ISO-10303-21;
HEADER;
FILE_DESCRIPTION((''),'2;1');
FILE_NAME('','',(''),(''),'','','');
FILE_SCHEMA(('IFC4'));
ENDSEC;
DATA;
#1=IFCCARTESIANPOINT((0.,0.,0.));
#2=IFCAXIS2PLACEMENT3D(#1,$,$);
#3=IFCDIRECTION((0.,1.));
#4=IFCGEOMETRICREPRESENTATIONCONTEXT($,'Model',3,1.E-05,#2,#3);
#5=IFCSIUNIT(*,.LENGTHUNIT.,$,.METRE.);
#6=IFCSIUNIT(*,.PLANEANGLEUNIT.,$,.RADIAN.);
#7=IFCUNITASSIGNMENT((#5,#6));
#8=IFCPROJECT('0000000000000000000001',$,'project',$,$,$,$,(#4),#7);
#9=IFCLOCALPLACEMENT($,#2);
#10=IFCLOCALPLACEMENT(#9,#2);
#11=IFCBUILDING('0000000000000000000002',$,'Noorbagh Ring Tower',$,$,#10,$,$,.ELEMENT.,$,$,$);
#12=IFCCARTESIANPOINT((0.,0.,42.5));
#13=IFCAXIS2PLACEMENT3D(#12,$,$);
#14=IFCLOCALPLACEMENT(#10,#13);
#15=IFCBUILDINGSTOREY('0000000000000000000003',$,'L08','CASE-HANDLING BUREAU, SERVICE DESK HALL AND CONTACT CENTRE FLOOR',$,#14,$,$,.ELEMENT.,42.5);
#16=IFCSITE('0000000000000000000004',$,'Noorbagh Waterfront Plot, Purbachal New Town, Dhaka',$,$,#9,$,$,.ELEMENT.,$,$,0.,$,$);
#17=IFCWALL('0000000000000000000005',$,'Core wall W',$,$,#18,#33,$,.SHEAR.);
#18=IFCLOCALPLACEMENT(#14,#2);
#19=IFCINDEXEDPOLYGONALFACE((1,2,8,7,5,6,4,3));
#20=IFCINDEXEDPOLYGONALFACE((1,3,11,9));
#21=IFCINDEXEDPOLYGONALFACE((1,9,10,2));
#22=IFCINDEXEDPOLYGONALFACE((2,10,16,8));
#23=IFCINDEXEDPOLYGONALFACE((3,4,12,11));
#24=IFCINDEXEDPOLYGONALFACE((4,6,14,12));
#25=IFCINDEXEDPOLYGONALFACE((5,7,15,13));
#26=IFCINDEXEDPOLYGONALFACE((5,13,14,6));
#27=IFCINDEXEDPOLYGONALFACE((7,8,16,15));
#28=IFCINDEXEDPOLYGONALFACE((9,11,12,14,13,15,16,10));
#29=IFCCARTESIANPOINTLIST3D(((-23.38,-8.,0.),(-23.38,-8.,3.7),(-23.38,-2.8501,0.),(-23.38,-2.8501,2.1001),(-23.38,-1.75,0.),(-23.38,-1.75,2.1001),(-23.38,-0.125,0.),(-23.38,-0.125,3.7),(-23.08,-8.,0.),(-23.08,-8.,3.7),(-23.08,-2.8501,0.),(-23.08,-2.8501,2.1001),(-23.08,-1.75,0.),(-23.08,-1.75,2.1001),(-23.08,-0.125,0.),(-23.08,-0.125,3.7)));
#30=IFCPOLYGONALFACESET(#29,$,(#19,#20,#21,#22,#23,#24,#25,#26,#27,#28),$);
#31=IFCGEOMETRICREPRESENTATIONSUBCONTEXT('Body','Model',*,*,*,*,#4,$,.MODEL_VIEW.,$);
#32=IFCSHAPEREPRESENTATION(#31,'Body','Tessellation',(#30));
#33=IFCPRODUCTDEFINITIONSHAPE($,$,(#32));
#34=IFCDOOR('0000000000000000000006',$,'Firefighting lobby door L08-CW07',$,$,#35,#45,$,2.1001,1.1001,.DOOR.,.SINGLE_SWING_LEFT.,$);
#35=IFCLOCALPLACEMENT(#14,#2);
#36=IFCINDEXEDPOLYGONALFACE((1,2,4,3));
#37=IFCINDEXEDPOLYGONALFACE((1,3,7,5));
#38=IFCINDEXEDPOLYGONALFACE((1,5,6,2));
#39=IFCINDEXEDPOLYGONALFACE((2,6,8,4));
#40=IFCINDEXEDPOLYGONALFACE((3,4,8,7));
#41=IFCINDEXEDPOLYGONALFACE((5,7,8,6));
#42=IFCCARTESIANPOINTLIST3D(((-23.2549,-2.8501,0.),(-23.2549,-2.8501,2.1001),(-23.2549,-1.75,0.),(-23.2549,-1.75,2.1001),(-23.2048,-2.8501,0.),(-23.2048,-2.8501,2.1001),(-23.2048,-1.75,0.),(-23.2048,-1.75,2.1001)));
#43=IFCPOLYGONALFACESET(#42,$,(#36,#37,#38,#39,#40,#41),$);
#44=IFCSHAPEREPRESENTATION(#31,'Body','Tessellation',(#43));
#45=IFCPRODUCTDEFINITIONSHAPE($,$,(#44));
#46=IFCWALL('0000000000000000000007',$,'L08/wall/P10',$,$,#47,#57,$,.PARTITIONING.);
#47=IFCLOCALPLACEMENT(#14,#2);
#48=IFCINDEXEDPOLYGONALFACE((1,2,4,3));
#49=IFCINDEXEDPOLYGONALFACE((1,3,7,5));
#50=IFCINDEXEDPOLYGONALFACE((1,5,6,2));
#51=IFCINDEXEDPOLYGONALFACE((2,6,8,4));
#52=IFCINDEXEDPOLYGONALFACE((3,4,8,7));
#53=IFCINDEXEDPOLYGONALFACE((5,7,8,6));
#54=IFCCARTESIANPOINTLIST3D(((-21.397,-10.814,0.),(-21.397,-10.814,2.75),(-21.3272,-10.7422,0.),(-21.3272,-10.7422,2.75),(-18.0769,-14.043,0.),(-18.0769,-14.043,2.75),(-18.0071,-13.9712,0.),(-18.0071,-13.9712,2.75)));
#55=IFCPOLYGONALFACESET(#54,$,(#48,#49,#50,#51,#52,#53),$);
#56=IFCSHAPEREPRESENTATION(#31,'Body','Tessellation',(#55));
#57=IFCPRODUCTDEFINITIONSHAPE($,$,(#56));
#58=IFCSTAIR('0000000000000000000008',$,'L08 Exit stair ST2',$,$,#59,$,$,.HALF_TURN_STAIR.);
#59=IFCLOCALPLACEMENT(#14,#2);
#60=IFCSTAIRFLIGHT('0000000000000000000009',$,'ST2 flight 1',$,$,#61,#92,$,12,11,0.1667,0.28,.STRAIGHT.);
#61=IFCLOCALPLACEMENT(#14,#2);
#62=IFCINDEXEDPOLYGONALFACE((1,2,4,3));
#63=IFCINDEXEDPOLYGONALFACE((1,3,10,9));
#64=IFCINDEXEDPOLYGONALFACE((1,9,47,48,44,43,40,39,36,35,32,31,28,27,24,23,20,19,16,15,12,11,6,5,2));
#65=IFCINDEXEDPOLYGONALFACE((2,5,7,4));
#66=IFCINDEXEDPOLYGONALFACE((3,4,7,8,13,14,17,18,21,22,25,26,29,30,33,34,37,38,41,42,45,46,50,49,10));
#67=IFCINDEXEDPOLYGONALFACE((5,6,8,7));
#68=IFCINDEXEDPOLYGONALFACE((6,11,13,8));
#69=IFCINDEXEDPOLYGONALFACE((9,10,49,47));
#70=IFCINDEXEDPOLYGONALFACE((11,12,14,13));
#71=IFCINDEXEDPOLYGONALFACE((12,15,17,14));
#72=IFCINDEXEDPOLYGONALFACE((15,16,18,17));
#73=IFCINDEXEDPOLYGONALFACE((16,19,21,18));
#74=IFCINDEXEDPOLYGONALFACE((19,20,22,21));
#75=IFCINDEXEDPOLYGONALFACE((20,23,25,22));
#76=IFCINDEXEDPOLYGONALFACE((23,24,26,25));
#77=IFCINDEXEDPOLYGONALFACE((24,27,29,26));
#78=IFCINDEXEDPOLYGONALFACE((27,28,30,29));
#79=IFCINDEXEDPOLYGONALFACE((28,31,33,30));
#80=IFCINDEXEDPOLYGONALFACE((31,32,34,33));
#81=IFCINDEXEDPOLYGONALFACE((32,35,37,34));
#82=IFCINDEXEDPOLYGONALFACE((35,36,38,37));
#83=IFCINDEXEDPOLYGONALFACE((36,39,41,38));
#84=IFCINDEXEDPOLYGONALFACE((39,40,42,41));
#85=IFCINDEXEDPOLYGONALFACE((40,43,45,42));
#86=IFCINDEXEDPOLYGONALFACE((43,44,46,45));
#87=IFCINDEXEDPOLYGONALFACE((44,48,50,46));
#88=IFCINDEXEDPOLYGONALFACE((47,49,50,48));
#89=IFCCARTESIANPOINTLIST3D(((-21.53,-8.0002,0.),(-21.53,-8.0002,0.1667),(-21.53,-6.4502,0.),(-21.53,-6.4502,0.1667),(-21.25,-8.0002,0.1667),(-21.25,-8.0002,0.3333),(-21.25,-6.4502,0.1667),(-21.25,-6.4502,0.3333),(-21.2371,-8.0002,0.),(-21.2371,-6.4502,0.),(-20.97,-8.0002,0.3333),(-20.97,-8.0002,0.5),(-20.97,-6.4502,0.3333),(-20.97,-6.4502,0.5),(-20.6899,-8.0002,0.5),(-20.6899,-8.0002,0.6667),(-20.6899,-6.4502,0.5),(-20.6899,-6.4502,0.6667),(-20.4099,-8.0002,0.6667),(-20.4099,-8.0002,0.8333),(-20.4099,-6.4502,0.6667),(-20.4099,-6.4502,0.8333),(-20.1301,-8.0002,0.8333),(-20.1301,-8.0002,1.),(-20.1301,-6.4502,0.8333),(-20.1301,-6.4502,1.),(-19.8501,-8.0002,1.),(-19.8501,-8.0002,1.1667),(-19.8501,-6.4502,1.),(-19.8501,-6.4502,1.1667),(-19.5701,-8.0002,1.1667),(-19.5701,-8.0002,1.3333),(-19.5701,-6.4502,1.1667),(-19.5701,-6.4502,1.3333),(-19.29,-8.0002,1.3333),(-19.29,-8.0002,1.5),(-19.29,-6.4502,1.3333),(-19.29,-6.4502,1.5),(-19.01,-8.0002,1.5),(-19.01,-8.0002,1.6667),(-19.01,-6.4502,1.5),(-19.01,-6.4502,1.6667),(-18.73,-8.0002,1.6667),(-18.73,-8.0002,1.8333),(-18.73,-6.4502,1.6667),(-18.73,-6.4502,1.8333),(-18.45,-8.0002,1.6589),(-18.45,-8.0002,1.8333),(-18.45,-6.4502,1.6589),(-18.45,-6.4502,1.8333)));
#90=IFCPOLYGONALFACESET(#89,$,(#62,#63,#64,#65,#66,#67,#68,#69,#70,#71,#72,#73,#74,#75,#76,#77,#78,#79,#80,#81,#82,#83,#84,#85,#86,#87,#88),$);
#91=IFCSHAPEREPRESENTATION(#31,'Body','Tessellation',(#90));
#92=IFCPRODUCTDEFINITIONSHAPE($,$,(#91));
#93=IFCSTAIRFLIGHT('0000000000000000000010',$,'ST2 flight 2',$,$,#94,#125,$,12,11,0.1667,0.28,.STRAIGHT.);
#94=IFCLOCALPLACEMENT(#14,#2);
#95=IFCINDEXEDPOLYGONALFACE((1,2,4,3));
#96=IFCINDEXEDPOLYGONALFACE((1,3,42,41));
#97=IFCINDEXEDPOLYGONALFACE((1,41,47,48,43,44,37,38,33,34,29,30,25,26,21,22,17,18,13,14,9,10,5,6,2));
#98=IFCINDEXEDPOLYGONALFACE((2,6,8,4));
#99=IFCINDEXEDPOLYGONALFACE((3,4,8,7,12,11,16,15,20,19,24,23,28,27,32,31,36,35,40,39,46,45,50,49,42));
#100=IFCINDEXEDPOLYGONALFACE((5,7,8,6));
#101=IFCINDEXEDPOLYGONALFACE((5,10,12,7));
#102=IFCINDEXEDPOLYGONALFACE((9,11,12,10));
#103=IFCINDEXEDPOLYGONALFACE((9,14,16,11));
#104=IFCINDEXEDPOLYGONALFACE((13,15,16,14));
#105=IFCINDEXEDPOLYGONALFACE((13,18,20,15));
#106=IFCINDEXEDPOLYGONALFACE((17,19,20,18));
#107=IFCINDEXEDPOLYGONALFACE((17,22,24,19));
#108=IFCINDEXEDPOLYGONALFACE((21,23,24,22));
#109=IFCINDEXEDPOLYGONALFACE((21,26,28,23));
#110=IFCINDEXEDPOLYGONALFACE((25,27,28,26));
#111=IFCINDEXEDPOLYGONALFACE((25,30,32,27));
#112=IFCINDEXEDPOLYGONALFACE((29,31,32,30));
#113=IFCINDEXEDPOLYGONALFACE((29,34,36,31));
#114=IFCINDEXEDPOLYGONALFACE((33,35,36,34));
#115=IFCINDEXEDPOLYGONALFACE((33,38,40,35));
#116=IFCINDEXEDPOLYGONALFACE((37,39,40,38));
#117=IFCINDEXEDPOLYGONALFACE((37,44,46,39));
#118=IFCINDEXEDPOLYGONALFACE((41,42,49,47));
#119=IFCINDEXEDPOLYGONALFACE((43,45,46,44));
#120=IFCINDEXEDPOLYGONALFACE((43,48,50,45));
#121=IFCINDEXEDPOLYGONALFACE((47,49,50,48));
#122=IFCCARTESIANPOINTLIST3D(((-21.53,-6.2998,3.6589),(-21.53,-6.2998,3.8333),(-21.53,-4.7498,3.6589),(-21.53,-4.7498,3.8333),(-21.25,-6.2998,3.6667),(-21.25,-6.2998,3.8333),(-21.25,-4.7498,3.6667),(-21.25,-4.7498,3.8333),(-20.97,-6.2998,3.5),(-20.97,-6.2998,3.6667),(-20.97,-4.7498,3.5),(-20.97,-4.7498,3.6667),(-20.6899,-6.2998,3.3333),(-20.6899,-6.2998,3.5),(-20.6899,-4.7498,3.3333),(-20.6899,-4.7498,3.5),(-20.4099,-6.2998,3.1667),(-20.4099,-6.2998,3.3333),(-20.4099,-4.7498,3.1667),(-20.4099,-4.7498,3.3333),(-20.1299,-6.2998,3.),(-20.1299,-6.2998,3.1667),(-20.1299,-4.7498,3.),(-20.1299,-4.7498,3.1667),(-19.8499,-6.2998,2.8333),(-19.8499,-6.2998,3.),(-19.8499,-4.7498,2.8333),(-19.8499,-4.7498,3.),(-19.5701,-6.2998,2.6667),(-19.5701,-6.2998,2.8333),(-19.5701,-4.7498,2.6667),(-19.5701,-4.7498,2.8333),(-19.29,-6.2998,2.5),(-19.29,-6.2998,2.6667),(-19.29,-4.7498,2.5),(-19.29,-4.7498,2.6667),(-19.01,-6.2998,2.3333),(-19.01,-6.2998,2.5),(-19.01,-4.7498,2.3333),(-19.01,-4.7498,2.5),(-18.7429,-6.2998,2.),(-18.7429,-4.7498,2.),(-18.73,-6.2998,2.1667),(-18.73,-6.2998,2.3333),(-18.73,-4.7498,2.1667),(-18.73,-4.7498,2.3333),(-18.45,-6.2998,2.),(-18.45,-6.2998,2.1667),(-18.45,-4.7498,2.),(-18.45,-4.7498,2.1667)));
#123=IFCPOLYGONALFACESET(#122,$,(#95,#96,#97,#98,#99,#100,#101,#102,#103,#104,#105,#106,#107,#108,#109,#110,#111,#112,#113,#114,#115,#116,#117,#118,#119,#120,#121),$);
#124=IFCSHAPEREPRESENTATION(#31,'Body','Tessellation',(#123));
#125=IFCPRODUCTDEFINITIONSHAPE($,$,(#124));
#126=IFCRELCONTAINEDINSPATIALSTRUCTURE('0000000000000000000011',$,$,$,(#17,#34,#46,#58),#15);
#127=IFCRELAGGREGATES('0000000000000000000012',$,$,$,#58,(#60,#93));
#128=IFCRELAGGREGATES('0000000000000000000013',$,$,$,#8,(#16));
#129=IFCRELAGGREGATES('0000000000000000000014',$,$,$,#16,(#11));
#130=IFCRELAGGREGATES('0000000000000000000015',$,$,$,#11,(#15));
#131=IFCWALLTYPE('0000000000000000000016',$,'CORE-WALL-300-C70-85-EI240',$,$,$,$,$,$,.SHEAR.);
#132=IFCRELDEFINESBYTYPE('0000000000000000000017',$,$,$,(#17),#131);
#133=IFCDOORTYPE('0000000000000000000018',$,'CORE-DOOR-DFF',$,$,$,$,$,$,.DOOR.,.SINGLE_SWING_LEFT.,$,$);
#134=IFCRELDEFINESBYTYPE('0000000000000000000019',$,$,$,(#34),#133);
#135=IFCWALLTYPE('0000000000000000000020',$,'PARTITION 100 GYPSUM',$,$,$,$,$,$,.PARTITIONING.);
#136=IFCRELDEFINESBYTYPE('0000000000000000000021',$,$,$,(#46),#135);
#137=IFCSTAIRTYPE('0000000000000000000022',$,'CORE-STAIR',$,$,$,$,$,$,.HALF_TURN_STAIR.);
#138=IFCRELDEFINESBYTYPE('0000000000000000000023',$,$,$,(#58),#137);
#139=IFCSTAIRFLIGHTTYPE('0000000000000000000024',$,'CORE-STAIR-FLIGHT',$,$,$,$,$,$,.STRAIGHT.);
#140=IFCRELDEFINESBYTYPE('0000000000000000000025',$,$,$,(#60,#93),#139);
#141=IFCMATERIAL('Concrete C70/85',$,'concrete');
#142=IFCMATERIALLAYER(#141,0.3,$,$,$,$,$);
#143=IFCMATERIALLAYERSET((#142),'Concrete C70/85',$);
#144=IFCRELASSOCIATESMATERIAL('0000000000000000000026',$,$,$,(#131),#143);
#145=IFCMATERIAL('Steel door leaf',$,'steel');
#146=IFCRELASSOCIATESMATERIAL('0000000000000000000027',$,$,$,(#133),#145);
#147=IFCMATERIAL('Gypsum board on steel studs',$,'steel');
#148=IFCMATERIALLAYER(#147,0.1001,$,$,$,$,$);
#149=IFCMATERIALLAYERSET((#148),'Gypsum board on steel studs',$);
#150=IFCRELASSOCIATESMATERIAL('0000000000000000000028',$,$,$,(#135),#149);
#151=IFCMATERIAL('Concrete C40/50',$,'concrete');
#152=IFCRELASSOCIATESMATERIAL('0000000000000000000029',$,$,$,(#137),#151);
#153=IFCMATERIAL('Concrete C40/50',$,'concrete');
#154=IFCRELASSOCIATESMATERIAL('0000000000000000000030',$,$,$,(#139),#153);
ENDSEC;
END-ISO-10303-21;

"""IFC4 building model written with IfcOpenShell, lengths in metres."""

from ifc_helpers import new_model, si_unit, direction, frame, frame_2d, origin, place, context, subcontext, project, spatial, polyline, rectangle, outline, extrude, material, layer, layer_set, type_object, element, fill, aggregate, save


model = new_model("IFC4")

# Units and contexts
model_context = context("Model", 3, precision=1e-05, world=origin(), true_north=direction((0.0, 1.0)))
body_context = subcontext(model_context, "Body", "Model", "MODEL_VIEW")
ifc_project = project(units=[si_unit("LENGTHUNIT", "METRE"), si_unit("PLANEANGLEUNIT", "RADIAN")], contexts=[model_context])

# Site, building, storey
site_placement = place(None, origin())
site = spatial("IfcSite", under=ifc_project, at=site_placement, Name="Noorbagh Waterfront Plot, Purbachal New Town, Dhaka", CompositionType="ELEMENT", RefElevation=0.0)
building_placement = place(site_placement, origin())
building = spatial("IfcBuilding", under=site, at=building_placement, Name="Noorbagh Ring Tower", CompositionType="ELEMENT")
storey_placement = place(building_placement, frame((0.0, 0.0, 42.5)))
storey = spatial("IfcBuildingStorey", under=building, at=storey_placement, Name="L08", Description="CASE-HANDLING BUREAU, SERVICE DESK HALL AND CONTACT CENTRE FLOOR", CompositionType="ELEMENT", Elevation=42.5)

# Shared definitions
ifc_material_1 = material(Name="Concrete C70/85", Category="concrete")
ifc_layer_1 = layer(ifc_material_1, 0.3)
ifc_layer_set_1 = layer_set([ifc_layer_1], Name="Concrete C70/85")
wall_type_1 = type_object("IfcWallType", Name="CORE-WALL-300-C70-85-EI240", PredefinedType="SHEAR", material=ifc_layer_set_1)

# Wall, opening, door
wall_1_placement = place(storey_placement, frame((-23.23, -8.0, 0.0), z_axis=(0.0, 0.0, 1.0), x_axis=(0.0, 1.0, 0.0)))
wall_1 = element("IfcWall", 1, at=wall_1_placement, inside=storey, type_object=wall_type_1, Name="Core wall W", PredefinedType="SHEAR", context=body_context, shape_type="SweptSolid", body=[
    extrude(rectangle(XDim=7.875, YDim=0.3, at=frame_2d((3.9375, 0.0))), origin(), (0.0, 0.0, 1.0), 3.7),
])
opening_1_placement = place(wall_1_placement, frame((5.1499, 0.0, 0.0)))
opening_1 = element("IfcOpeningElement", 2, at=opening_1_placement, cuts=wall_1, PredefinedType="OPENING", context=body_context, shape_type="SweptSolid", body=[
    extrude(rectangle(XDim=1.1001, YDim=2.1001, at=frame_2d((0.55, 1.05))), frame((0.0, 0.1602, 0.0), z_axis=(0.0, -1.0, 0.0), x_axis=(1.0, 0.0, 0.0)), (0.0, 0.0, 1.0), 0.3201),
])
ifc_material_2 = material(Name="Steel door leaf", Category="steel")
door_type_1 = type_object("IfcDoorType", Name="CORE-DOOR-DFF", OperationType="SINGLE_SWING_LEFT", PredefinedType="DOOR", material=ifc_material_2)
door_1_placement = place(opening_1_placement, origin())
door_1 = element("IfcDoor", 3, at=door_1_placement, inside=storey, type_object=door_type_1, Name="Firefighting lobby door L08-CW07", OperationType="SINGLE_SWING_LEFT", OverallHeight=2.1001, OverallWidth=1.1001, PredefinedType="DOOR", context=body_context, shape_type="SweptSolid", body=[
    extrude(rectangle(XDim=1.1001, YDim=2.1001, at=frame_2d((0.55, 1.05))), frame((0.0, 0.0249, 0.0), z_axis=(0.0, -1.0, 0.0), x_axis=(1.0, 0.0, 0.0)), (0.0, 0.0, 1.0), 0.05),
])
fill(opening_1, door_1)

# Wall
ifc_material_3 = material(Name="Gypsum board on steel studs", Category="steel")
ifc_layer_2 = layer(ifc_material_3, 0.1001)
ifc_layer_set_2 = layer_set([ifc_layer_2], Name="Gypsum board on steel studs")
wall_type_2 = type_object("IfcWallType", Name="PARTITION 100 GYPSUM", PredefinedType="PARTITIONING", material=ifc_layer_set_2)
wall_2_placement = place(storey_placement, frame((-21.3621, -10.7781, 0.0), z_axis=(0.0, 0.0, 1.0), x_axis=(0.71687, -0.697207, 0.0)))
element("IfcWall", 4, at=wall_2_placement, inside=storey, type_object=wall_type_2, Name="L08/wall/P10", PredefinedType="PARTITIONING", context=body_context, shape_type="SweptSolid", body=[
    extrude(rectangle(XDim=4.6313, YDim=0.1001, at=frame_2d((2.3157, 0.0))), origin(), (0.0, 0.0, 1.0), 2.75),
])

# Stair, stair flights
ifc_material_4 = material(Name="Concrete C40/50", Category="concrete")
stair_type = type_object("IfcStairType", Name="CORE-STAIR", PredefinedType="HALF_TURN_STAIR", material=ifc_material_4)
stair_placement = place(storey_placement, origin())
stair = element("IfcStair", 5, at=stair_placement, inside=storey, type_object=stair_type, Name="L08 Exit stair ST2", PredefinedType="HALF_TURN_STAIR")
ifc_material_5 = material(Name="Concrete C40/50", Category="concrete")
stair_flight_type = type_object("IfcStairFlightType", Name="CORE-STAIR-FLIGHT", PredefinedType="STRAIGHT", material=ifc_material_5)
stair_flight_1_placement = place(storey_placement, frame((-21.53, -7.2251, 0.0), z_axis=(0.0, 0.0, 1.0), x_axis=(1.0, 0.0, 0.0)))
stair_flight_1 = element("IfcStairFlight", 6, at=stair_flight_1_placement, type_object=stair_flight_type, Name="ST2 flight 1", NumberOfRisers=12, NumberOfTreads=11, PredefinedType="STRAIGHT", RiserHeight=0.1667, TreadLength=0.28, context=body_context, shape_type="SweptSolid", body=[
    extrude(outline(polyline([(0.0, 0.0), (0.0, 0.1667), (0.28, 0.1667), (0.28, 0.3333), (0.5601, 0.3333), (0.5601, 0.5), (0.8401, 0.5), (0.8401, 0.6667), (1.1201, 0.6667), (1.1201, 0.8333), (1.3999, 0.8333), (1.3999, 1.0), (1.6799, 1.0), (1.6799, 1.1667), (1.96, 1.1667), (1.96, 1.3333), (2.24, 1.3333), (2.24, 1.5), (2.52, 1.5), (2.52, 1.6667), (2.8, 1.6667), (2.8, 1.8333), (3.0801, 1.8333), (3.0801, 2.0), (3.0801, 1.6589), (0.293, 0.0), (0.0, 0.0)])), frame((0.0, 0.7749, 0.0), z_axis=(0.0, -1.0, 0.0), x_axis=(1.0, 0.0, 0.0)), (0.0, 0.0, 1.0), 1.55),
])
stair_flight_2_placement = place(storey_placement, frame((-18.45, -5.5249, 2.0), z_axis=(0.0, 0.0, 1.0), x_axis=(-1.0, 0.0, 0.0)))
stair_flight_2 = element("IfcStairFlight", 7, at=stair_flight_2_placement, type_object=stair_flight_type, Name="ST2 flight 2", NumberOfRisers=12, NumberOfTreads=11, PredefinedType="STRAIGHT", RiserHeight=0.1667, TreadLength=0.28, context=body_context, shape_type="SweptSolid", body=[
    extrude(outline(polyline([(0.0, 0.0), (0.0, 0.1667), (0.28, 0.1667), (0.28, 0.3333), (0.5601, 0.3333), (0.5601, 0.5), (0.8401, 0.5), (0.8401, 0.6667), (1.1201, 0.6667), (1.1201, 0.8333), (1.3999, 0.8333), (1.3999, 1.0), (1.6799, 1.0), (1.6799, 1.1667), (1.96, 1.1667), (1.96, 1.3333), (2.24, 1.3333), (2.24, 1.5), (2.52, 1.5), (2.52, 1.6667), (2.8, 1.6667), (2.8, 1.8333), (3.0801, 1.8333), (3.0801, 2.0), (3.0801, 1.6589), (0.293, 0.0), (0.0, 0.0)])), frame((0.0, 0.7749, 0.0), z_axis=(0.0, -1.0, 0.0), x_axis=(1.0, 0.0, 0.0)), (0.0, 0.0, 1.0), 1.55),
])
aggregate(stair, [stair_flight_1, stair_flight_2])

save(model, "model.ifc")
